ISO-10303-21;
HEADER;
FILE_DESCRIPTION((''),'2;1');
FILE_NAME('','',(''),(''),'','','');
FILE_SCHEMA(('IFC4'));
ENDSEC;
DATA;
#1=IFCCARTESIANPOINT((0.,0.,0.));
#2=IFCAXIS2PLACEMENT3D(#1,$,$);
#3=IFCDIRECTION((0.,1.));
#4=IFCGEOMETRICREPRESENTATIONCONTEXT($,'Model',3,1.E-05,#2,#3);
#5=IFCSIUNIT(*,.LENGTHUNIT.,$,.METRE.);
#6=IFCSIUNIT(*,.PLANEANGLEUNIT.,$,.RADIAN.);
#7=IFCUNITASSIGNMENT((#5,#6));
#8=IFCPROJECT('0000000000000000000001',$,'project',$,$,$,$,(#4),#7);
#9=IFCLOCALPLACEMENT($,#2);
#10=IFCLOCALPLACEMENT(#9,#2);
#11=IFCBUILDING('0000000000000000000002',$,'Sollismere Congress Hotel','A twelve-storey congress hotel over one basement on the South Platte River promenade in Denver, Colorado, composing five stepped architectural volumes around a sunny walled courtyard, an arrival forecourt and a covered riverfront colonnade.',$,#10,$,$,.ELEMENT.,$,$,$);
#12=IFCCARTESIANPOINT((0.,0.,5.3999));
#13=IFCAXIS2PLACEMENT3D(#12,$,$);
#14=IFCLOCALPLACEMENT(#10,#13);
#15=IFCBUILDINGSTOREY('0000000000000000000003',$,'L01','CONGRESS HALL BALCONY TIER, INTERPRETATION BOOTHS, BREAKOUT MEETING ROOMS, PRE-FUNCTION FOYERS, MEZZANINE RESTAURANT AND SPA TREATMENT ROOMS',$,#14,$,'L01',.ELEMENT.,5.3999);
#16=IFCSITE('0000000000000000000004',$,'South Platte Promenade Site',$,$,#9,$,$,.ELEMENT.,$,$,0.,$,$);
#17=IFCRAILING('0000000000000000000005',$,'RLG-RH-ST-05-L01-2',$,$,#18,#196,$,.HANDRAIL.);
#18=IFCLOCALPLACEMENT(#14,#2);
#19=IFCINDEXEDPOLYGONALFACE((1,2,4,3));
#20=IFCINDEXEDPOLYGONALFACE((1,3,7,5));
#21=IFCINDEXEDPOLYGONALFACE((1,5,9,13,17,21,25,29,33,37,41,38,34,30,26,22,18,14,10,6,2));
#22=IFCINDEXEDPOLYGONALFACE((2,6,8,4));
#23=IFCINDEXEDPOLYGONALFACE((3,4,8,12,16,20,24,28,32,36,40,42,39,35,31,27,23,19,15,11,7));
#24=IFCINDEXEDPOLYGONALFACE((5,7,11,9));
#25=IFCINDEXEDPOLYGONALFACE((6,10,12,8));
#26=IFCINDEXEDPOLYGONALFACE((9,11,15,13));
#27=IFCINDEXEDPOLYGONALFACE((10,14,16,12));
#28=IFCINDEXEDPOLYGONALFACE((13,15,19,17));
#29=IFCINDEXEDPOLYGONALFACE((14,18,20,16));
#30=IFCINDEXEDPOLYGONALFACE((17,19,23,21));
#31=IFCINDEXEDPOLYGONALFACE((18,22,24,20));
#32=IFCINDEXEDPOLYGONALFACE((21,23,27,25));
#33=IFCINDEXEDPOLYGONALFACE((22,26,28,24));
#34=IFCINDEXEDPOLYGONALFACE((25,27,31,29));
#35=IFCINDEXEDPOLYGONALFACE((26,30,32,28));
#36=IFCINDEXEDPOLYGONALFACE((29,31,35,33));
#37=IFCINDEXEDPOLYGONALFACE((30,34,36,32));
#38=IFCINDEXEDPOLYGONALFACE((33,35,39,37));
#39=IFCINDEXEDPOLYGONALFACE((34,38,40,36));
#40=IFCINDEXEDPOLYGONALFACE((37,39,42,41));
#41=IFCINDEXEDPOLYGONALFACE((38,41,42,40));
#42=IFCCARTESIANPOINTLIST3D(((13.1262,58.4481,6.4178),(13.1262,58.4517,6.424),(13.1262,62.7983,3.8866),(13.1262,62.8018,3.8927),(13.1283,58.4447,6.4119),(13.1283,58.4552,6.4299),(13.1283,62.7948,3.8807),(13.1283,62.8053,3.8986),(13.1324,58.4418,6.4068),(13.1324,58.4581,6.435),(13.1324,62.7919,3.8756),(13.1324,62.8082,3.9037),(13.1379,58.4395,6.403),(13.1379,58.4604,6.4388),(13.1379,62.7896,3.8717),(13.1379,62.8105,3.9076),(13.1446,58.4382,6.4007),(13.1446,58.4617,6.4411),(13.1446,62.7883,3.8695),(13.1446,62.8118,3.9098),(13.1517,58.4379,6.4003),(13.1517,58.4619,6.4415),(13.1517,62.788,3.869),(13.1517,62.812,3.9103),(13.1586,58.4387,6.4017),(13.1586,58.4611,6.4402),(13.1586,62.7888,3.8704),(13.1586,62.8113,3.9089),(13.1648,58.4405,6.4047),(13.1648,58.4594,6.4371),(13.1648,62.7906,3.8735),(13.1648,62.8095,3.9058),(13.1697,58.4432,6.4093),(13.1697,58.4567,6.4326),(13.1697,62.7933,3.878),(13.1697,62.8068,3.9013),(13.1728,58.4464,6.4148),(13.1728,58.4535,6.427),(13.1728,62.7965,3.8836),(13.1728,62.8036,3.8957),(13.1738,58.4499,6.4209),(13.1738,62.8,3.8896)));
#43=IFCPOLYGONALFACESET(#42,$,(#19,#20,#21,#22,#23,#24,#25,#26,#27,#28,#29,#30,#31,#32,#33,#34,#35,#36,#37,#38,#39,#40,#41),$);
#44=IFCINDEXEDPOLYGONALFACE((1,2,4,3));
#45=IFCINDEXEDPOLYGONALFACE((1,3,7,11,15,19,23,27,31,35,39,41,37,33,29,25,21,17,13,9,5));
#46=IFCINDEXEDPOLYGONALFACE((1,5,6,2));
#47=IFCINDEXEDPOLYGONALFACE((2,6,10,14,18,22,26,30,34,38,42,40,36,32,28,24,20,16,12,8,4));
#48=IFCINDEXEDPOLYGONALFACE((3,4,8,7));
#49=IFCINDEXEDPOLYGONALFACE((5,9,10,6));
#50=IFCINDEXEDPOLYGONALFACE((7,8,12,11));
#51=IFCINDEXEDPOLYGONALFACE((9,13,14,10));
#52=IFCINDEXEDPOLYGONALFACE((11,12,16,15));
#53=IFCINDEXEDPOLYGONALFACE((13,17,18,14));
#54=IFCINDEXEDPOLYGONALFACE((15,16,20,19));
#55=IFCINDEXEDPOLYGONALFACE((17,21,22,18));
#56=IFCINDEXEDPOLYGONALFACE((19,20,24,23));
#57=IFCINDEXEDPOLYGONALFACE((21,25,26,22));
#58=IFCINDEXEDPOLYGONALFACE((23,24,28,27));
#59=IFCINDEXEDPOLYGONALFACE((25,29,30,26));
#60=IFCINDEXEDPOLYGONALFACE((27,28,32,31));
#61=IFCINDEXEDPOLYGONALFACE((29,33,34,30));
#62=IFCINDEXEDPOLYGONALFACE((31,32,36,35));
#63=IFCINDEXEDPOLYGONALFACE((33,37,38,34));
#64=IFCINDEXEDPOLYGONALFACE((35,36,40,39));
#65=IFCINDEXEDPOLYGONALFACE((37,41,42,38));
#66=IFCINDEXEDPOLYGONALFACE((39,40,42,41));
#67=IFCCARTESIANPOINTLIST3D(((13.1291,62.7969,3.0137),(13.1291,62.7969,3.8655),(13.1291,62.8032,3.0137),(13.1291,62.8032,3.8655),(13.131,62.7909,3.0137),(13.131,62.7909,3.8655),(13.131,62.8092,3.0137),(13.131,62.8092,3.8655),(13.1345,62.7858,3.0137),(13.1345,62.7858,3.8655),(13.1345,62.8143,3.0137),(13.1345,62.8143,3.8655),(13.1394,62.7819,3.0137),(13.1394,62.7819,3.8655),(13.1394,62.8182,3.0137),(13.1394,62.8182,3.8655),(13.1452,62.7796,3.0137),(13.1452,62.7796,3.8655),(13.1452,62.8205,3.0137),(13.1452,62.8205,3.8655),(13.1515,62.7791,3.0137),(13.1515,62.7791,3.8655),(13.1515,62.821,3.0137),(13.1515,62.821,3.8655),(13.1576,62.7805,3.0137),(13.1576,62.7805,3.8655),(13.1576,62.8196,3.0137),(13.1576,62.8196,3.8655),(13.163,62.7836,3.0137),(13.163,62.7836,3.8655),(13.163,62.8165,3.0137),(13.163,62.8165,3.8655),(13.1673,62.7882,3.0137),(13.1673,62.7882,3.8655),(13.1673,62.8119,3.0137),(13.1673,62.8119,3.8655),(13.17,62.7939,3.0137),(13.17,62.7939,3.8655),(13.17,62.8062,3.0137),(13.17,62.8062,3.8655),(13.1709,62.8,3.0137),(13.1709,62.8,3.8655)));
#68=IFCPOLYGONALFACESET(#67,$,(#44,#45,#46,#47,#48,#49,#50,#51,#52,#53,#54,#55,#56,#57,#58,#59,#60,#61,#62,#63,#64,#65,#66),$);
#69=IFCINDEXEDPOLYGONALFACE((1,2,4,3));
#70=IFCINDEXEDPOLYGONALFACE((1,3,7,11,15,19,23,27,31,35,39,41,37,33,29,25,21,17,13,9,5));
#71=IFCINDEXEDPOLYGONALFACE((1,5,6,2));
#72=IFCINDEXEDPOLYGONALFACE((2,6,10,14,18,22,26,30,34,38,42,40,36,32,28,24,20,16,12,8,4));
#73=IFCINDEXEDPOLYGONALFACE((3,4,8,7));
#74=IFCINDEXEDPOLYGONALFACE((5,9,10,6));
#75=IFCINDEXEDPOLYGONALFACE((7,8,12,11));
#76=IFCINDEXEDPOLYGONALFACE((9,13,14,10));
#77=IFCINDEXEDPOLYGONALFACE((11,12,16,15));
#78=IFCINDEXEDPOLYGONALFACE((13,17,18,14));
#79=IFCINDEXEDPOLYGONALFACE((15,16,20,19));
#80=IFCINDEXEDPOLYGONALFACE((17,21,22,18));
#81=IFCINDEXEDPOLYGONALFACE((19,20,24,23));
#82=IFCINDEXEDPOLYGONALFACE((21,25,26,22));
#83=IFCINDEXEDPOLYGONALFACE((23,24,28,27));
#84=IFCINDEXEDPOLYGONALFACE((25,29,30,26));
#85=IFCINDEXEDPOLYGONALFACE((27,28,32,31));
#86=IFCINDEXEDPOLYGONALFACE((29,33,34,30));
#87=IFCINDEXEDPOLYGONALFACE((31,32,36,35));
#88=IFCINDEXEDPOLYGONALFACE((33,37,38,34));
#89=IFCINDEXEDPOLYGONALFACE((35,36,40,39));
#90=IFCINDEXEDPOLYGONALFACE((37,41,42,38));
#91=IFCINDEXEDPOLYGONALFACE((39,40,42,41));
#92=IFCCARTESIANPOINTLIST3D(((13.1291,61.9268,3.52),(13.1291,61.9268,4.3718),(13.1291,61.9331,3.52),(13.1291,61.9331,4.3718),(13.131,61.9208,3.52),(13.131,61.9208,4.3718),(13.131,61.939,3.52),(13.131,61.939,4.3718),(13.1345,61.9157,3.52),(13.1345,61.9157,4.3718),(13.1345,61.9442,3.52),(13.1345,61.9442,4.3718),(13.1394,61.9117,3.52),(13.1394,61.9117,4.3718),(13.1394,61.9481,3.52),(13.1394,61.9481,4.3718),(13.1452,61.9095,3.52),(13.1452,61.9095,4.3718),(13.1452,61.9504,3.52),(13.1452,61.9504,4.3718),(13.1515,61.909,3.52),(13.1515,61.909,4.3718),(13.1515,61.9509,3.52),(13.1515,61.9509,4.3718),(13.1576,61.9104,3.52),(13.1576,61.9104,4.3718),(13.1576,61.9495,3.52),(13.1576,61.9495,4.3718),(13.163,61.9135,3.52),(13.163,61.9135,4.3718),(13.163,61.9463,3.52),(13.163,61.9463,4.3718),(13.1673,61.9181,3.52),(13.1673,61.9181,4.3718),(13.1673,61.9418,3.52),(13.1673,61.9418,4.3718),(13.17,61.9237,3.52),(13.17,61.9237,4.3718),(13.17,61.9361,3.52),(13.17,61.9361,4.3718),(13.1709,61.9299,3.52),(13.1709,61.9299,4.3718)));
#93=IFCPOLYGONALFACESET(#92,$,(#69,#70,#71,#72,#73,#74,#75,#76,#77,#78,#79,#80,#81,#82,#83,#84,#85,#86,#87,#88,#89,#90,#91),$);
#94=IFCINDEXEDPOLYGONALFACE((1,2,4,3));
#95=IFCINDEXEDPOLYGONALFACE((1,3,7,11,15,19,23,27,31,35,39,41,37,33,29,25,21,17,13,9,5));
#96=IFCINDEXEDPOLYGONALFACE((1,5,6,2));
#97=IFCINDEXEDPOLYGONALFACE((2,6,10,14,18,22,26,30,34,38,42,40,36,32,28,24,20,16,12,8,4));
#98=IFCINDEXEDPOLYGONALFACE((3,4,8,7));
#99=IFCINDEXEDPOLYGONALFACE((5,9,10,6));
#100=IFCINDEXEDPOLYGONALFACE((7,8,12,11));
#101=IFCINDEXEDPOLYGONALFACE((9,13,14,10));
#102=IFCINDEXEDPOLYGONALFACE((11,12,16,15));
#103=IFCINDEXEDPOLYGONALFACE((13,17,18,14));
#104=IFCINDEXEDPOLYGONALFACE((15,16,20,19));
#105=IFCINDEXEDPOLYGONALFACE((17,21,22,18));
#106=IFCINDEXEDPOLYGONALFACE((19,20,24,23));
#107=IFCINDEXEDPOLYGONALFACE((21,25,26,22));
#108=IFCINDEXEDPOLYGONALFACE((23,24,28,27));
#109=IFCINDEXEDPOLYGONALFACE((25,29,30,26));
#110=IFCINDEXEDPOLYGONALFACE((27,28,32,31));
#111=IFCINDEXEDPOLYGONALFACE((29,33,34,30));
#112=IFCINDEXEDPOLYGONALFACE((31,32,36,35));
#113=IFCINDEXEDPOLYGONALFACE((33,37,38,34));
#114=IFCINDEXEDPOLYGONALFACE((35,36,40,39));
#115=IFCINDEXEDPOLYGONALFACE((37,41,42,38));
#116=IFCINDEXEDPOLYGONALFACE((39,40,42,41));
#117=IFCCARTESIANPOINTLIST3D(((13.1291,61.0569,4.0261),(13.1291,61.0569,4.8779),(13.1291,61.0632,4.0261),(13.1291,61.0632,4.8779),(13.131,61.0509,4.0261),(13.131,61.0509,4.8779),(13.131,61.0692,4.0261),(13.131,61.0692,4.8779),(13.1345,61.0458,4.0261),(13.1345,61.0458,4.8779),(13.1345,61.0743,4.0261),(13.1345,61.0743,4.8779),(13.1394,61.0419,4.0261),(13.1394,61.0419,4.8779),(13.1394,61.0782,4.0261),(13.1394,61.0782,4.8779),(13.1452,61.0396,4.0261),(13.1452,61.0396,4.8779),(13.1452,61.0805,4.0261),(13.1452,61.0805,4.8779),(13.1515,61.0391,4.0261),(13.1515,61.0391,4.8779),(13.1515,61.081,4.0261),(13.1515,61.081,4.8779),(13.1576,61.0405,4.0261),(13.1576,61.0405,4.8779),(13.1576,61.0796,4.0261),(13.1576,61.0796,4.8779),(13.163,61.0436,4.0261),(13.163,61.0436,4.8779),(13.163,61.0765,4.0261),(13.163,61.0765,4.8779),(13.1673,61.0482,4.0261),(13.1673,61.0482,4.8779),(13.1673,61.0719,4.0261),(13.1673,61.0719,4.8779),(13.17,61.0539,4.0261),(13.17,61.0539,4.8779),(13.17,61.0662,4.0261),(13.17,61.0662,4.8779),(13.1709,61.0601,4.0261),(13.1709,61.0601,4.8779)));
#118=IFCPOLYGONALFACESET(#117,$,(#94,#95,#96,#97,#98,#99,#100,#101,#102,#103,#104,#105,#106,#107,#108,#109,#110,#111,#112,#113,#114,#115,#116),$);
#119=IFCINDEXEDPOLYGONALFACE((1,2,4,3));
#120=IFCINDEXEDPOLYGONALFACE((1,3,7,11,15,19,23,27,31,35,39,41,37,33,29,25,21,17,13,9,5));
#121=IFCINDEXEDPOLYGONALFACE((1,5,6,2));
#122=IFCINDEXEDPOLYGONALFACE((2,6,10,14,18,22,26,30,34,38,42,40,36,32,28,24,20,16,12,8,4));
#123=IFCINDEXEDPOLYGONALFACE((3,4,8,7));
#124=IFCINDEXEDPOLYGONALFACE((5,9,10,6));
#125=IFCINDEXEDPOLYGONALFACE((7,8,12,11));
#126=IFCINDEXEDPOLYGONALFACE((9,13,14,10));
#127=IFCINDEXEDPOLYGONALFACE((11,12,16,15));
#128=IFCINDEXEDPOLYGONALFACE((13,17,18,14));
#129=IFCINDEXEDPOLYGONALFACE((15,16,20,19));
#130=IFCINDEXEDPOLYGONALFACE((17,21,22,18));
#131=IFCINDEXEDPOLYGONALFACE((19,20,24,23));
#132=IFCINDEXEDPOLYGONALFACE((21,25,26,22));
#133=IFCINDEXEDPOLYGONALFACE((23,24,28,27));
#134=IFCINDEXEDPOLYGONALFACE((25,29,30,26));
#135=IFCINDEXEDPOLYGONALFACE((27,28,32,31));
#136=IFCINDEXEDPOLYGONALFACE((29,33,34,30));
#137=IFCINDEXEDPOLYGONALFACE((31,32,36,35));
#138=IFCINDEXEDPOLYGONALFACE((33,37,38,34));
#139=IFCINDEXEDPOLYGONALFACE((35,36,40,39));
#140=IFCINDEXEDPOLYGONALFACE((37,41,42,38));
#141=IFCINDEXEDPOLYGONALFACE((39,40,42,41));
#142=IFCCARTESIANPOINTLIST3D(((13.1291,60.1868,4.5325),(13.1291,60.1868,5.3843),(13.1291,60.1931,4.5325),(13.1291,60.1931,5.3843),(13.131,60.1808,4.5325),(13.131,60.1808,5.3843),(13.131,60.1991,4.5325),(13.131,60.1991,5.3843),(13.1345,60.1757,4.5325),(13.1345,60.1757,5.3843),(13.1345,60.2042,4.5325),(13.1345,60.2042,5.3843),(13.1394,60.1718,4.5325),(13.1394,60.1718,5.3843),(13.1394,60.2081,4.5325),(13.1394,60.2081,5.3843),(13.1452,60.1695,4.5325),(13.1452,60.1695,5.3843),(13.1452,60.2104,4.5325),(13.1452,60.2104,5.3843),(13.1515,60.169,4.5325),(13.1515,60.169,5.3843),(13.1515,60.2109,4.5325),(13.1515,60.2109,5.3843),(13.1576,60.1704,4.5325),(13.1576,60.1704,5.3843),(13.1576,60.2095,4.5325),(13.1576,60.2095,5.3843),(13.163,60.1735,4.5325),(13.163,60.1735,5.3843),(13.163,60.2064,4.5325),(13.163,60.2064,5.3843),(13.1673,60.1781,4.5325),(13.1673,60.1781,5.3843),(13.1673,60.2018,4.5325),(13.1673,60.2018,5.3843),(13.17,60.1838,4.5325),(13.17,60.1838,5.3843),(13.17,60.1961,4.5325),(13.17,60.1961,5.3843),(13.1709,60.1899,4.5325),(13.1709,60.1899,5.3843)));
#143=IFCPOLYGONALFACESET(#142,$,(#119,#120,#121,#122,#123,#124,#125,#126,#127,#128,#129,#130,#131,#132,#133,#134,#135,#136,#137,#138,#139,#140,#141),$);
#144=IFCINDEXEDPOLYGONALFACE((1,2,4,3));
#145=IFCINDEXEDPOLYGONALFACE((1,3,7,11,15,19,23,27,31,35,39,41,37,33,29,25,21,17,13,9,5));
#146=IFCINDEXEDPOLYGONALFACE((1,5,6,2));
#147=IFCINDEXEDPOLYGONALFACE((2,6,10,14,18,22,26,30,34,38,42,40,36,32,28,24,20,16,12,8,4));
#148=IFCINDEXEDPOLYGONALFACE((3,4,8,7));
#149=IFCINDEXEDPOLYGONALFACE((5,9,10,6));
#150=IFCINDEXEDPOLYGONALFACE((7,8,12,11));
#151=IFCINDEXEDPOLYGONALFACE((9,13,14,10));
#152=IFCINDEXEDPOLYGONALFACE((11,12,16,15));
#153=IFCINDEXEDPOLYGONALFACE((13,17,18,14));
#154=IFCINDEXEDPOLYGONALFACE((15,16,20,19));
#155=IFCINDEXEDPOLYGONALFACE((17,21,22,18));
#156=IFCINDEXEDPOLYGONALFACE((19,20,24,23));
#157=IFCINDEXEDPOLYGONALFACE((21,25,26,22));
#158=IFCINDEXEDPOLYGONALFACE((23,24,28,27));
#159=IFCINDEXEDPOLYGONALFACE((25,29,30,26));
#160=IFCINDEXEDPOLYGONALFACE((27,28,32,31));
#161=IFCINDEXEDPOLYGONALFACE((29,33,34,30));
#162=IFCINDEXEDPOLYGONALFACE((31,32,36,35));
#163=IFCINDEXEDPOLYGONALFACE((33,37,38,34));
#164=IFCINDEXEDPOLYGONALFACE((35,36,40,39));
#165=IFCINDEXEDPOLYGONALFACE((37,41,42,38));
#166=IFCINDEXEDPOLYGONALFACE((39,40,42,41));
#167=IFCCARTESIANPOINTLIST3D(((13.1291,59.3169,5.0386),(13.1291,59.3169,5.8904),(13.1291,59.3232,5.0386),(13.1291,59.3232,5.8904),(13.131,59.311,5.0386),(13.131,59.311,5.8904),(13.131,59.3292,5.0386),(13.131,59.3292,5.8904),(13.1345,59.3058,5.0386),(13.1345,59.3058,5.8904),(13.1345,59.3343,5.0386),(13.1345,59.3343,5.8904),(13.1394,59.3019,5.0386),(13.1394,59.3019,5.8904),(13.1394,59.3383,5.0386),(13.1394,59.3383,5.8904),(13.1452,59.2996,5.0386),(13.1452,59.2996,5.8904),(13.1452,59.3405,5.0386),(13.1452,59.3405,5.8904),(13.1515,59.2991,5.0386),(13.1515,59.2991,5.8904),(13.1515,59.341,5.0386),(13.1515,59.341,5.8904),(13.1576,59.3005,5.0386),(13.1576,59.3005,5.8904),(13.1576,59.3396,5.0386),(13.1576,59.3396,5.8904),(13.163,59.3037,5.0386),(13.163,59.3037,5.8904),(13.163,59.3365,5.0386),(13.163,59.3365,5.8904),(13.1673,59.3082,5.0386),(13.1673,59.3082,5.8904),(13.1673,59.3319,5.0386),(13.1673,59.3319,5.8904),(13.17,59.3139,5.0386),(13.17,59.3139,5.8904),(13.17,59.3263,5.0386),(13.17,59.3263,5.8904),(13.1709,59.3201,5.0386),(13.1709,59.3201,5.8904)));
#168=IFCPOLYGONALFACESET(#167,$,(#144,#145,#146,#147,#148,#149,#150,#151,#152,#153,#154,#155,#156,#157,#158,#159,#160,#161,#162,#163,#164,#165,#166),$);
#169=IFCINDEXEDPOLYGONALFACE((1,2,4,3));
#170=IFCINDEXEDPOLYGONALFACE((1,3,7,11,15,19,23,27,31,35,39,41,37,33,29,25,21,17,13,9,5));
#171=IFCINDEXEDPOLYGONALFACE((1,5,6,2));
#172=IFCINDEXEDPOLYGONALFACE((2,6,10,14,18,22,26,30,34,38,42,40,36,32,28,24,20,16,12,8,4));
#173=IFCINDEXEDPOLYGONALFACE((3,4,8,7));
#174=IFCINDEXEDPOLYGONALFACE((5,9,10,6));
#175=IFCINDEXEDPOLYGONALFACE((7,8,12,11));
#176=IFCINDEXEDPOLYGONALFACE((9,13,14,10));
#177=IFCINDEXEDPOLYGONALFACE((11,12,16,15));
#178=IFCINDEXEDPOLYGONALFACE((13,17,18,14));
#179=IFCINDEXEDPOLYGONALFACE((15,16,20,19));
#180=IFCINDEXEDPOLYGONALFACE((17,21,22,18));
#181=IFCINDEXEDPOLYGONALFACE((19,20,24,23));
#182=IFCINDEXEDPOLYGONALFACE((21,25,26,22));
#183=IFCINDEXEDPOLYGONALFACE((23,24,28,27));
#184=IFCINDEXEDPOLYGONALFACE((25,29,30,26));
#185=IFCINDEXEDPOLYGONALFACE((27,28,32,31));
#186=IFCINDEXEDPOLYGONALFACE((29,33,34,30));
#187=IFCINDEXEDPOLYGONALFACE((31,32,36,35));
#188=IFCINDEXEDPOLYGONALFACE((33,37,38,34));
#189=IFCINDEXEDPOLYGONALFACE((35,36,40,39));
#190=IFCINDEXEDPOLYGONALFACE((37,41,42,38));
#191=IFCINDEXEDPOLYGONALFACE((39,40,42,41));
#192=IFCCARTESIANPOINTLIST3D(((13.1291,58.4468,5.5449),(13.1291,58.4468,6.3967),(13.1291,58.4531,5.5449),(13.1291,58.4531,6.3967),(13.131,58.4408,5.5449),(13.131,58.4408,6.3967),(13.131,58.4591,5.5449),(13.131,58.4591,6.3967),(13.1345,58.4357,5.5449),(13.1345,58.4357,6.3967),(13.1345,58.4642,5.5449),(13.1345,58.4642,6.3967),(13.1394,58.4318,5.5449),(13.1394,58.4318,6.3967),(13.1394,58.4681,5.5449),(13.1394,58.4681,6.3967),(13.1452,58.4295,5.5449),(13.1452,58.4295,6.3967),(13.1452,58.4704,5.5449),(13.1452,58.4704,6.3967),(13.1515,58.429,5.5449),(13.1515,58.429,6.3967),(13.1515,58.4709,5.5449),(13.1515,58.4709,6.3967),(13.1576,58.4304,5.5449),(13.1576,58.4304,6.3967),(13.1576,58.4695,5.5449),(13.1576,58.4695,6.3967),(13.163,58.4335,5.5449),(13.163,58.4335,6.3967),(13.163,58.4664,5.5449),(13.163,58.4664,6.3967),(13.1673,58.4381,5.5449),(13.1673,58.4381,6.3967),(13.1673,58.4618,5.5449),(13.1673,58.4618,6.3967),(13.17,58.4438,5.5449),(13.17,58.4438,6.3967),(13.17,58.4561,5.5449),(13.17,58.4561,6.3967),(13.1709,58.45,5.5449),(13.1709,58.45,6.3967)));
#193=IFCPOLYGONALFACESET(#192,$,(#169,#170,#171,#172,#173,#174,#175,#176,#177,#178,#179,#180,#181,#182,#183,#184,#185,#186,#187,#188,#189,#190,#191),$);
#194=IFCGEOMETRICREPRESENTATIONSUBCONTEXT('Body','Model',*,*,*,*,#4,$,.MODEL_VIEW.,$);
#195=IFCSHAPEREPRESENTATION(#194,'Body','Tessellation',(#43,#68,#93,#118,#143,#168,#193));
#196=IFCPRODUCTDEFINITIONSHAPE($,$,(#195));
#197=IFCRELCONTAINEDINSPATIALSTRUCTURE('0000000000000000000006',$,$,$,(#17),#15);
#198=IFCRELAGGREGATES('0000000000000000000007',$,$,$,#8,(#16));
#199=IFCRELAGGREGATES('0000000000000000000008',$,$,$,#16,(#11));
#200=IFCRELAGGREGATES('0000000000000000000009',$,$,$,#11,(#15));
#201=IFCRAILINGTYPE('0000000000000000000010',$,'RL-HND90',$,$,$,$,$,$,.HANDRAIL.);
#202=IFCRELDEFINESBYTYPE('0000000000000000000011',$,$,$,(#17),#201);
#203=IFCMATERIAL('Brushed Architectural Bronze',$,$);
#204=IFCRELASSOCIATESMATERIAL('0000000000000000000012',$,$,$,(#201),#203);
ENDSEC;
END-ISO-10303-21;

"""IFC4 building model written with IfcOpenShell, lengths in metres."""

from ifc_helpers import new_model, si_unit, direction, frame, origin, origin_2d, place, context, subcontext, project, spatial, circle, extrude, material, type_object, element, save


model = new_model("IFC4")

# Units and contexts
model_context = context("Model", 3, precision=1e-05, world=origin(), true_north=direction((0.0, 1.0)))
body_context = subcontext(model_context, "Body", "Model", "MODEL_VIEW")
ifc_project = project(units=[si_unit("LENGTHUNIT", "METRE"), si_unit("PLANEANGLEUNIT", "RADIAN")], contexts=[model_context])

# Site, building, storey
site_placement = place(None, origin())
site = spatial("IfcSite", under=ifc_project, at=site_placement, Name="South Platte Promenade Site", CompositionType="ELEMENT", RefElevation=0.0)
building_placement = place(site_placement, origin())
building = spatial("IfcBuilding", under=site, at=building_placement, Name="Sollismere Congress Hotel", Description="A twelve-storey congress hotel over one basement on the South Platte River promenade in Denver, Colorado, composing five stepped architectural volumes around a sunny walled courtyard, an arrival forecourt and a covered riverfront colonnade.", CompositionType="ELEMENT")
storey_placement = place(building_placement, frame((0.0, 0.0, 5.3999)))
storey = spatial("IfcBuildingStorey", under=building, at=storey_placement, Name="L01", Description="CONGRESS HALL BALCONY TIER, INTERPRETATION BOOTHS, BREAKOUT MEETING ROOMS, PRE-FUNCTION FOYERS, MEZZANINE RESTAURANT AND SPA TREATMENT ROOMS", LongName="L01", CompositionType="ELEMENT", Elevation=5.3999)

# Railing
ifc_material_1 = material(Name="Brushed Architectural Bronze")
railing_type_1 = type_object("IfcRailingType", Name="RL-HND90", PredefinedType="HANDRAIL", material=ifc_material_1)
railing_1_placement = place(storey_placement, frame((13.1499, 62.8, 3.0137)))
element("IfcRailing", 1, at=railing_1_placement, inside=storey, type_object=railing_type_1, Name="RLG-RH-ST-05-L01-2", PredefinedType="HANDRAIL", context=body_context, shape_type="SweptSolid", body=[
    extrude(circle(Radius=0.0239, at=origin_2d()), frame((0.0, 0.0, 0.876), z_axis=(0.0, -0.864324, 0.502936), x_axis=(1.0, 0.0, 0.0)), (0.0, 0.0, 1.0), 5.033),
    extrude(circle(Radius=0.021, at=origin_2d()), origin(), (0.0, 0.0, 1.0), 0.8518),
    extrude(circle(Radius=0.021, at=origin_2d()), frame((0.0, -0.8701, 0.5063)), (0.0, 0.0, 1.0), 0.8518),
    extrude(circle(Radius=0.021, at=origin_2d()), frame((0.0, -1.74, 1.0125)), (0.0, 0.0, 1.0), 0.8518),
    extrude(circle(Radius=0.021, at=origin_2d()), frame((0.0, -2.6101, 1.5188)), (0.0, 0.0, 1.0), 0.8518),
    extrude(circle(Radius=0.021, at=origin_2d()), frame((0.0, -3.48, 2.0249)), (0.0, 0.0, 1.0), 0.8518),
    extrude(circle(Radius=0.021, at=origin_2d()), frame((0.0, -4.3501, 2.5312)), (0.0, 0.0, 1.0), 0.8518),
])

save(model, "model.ifc")
